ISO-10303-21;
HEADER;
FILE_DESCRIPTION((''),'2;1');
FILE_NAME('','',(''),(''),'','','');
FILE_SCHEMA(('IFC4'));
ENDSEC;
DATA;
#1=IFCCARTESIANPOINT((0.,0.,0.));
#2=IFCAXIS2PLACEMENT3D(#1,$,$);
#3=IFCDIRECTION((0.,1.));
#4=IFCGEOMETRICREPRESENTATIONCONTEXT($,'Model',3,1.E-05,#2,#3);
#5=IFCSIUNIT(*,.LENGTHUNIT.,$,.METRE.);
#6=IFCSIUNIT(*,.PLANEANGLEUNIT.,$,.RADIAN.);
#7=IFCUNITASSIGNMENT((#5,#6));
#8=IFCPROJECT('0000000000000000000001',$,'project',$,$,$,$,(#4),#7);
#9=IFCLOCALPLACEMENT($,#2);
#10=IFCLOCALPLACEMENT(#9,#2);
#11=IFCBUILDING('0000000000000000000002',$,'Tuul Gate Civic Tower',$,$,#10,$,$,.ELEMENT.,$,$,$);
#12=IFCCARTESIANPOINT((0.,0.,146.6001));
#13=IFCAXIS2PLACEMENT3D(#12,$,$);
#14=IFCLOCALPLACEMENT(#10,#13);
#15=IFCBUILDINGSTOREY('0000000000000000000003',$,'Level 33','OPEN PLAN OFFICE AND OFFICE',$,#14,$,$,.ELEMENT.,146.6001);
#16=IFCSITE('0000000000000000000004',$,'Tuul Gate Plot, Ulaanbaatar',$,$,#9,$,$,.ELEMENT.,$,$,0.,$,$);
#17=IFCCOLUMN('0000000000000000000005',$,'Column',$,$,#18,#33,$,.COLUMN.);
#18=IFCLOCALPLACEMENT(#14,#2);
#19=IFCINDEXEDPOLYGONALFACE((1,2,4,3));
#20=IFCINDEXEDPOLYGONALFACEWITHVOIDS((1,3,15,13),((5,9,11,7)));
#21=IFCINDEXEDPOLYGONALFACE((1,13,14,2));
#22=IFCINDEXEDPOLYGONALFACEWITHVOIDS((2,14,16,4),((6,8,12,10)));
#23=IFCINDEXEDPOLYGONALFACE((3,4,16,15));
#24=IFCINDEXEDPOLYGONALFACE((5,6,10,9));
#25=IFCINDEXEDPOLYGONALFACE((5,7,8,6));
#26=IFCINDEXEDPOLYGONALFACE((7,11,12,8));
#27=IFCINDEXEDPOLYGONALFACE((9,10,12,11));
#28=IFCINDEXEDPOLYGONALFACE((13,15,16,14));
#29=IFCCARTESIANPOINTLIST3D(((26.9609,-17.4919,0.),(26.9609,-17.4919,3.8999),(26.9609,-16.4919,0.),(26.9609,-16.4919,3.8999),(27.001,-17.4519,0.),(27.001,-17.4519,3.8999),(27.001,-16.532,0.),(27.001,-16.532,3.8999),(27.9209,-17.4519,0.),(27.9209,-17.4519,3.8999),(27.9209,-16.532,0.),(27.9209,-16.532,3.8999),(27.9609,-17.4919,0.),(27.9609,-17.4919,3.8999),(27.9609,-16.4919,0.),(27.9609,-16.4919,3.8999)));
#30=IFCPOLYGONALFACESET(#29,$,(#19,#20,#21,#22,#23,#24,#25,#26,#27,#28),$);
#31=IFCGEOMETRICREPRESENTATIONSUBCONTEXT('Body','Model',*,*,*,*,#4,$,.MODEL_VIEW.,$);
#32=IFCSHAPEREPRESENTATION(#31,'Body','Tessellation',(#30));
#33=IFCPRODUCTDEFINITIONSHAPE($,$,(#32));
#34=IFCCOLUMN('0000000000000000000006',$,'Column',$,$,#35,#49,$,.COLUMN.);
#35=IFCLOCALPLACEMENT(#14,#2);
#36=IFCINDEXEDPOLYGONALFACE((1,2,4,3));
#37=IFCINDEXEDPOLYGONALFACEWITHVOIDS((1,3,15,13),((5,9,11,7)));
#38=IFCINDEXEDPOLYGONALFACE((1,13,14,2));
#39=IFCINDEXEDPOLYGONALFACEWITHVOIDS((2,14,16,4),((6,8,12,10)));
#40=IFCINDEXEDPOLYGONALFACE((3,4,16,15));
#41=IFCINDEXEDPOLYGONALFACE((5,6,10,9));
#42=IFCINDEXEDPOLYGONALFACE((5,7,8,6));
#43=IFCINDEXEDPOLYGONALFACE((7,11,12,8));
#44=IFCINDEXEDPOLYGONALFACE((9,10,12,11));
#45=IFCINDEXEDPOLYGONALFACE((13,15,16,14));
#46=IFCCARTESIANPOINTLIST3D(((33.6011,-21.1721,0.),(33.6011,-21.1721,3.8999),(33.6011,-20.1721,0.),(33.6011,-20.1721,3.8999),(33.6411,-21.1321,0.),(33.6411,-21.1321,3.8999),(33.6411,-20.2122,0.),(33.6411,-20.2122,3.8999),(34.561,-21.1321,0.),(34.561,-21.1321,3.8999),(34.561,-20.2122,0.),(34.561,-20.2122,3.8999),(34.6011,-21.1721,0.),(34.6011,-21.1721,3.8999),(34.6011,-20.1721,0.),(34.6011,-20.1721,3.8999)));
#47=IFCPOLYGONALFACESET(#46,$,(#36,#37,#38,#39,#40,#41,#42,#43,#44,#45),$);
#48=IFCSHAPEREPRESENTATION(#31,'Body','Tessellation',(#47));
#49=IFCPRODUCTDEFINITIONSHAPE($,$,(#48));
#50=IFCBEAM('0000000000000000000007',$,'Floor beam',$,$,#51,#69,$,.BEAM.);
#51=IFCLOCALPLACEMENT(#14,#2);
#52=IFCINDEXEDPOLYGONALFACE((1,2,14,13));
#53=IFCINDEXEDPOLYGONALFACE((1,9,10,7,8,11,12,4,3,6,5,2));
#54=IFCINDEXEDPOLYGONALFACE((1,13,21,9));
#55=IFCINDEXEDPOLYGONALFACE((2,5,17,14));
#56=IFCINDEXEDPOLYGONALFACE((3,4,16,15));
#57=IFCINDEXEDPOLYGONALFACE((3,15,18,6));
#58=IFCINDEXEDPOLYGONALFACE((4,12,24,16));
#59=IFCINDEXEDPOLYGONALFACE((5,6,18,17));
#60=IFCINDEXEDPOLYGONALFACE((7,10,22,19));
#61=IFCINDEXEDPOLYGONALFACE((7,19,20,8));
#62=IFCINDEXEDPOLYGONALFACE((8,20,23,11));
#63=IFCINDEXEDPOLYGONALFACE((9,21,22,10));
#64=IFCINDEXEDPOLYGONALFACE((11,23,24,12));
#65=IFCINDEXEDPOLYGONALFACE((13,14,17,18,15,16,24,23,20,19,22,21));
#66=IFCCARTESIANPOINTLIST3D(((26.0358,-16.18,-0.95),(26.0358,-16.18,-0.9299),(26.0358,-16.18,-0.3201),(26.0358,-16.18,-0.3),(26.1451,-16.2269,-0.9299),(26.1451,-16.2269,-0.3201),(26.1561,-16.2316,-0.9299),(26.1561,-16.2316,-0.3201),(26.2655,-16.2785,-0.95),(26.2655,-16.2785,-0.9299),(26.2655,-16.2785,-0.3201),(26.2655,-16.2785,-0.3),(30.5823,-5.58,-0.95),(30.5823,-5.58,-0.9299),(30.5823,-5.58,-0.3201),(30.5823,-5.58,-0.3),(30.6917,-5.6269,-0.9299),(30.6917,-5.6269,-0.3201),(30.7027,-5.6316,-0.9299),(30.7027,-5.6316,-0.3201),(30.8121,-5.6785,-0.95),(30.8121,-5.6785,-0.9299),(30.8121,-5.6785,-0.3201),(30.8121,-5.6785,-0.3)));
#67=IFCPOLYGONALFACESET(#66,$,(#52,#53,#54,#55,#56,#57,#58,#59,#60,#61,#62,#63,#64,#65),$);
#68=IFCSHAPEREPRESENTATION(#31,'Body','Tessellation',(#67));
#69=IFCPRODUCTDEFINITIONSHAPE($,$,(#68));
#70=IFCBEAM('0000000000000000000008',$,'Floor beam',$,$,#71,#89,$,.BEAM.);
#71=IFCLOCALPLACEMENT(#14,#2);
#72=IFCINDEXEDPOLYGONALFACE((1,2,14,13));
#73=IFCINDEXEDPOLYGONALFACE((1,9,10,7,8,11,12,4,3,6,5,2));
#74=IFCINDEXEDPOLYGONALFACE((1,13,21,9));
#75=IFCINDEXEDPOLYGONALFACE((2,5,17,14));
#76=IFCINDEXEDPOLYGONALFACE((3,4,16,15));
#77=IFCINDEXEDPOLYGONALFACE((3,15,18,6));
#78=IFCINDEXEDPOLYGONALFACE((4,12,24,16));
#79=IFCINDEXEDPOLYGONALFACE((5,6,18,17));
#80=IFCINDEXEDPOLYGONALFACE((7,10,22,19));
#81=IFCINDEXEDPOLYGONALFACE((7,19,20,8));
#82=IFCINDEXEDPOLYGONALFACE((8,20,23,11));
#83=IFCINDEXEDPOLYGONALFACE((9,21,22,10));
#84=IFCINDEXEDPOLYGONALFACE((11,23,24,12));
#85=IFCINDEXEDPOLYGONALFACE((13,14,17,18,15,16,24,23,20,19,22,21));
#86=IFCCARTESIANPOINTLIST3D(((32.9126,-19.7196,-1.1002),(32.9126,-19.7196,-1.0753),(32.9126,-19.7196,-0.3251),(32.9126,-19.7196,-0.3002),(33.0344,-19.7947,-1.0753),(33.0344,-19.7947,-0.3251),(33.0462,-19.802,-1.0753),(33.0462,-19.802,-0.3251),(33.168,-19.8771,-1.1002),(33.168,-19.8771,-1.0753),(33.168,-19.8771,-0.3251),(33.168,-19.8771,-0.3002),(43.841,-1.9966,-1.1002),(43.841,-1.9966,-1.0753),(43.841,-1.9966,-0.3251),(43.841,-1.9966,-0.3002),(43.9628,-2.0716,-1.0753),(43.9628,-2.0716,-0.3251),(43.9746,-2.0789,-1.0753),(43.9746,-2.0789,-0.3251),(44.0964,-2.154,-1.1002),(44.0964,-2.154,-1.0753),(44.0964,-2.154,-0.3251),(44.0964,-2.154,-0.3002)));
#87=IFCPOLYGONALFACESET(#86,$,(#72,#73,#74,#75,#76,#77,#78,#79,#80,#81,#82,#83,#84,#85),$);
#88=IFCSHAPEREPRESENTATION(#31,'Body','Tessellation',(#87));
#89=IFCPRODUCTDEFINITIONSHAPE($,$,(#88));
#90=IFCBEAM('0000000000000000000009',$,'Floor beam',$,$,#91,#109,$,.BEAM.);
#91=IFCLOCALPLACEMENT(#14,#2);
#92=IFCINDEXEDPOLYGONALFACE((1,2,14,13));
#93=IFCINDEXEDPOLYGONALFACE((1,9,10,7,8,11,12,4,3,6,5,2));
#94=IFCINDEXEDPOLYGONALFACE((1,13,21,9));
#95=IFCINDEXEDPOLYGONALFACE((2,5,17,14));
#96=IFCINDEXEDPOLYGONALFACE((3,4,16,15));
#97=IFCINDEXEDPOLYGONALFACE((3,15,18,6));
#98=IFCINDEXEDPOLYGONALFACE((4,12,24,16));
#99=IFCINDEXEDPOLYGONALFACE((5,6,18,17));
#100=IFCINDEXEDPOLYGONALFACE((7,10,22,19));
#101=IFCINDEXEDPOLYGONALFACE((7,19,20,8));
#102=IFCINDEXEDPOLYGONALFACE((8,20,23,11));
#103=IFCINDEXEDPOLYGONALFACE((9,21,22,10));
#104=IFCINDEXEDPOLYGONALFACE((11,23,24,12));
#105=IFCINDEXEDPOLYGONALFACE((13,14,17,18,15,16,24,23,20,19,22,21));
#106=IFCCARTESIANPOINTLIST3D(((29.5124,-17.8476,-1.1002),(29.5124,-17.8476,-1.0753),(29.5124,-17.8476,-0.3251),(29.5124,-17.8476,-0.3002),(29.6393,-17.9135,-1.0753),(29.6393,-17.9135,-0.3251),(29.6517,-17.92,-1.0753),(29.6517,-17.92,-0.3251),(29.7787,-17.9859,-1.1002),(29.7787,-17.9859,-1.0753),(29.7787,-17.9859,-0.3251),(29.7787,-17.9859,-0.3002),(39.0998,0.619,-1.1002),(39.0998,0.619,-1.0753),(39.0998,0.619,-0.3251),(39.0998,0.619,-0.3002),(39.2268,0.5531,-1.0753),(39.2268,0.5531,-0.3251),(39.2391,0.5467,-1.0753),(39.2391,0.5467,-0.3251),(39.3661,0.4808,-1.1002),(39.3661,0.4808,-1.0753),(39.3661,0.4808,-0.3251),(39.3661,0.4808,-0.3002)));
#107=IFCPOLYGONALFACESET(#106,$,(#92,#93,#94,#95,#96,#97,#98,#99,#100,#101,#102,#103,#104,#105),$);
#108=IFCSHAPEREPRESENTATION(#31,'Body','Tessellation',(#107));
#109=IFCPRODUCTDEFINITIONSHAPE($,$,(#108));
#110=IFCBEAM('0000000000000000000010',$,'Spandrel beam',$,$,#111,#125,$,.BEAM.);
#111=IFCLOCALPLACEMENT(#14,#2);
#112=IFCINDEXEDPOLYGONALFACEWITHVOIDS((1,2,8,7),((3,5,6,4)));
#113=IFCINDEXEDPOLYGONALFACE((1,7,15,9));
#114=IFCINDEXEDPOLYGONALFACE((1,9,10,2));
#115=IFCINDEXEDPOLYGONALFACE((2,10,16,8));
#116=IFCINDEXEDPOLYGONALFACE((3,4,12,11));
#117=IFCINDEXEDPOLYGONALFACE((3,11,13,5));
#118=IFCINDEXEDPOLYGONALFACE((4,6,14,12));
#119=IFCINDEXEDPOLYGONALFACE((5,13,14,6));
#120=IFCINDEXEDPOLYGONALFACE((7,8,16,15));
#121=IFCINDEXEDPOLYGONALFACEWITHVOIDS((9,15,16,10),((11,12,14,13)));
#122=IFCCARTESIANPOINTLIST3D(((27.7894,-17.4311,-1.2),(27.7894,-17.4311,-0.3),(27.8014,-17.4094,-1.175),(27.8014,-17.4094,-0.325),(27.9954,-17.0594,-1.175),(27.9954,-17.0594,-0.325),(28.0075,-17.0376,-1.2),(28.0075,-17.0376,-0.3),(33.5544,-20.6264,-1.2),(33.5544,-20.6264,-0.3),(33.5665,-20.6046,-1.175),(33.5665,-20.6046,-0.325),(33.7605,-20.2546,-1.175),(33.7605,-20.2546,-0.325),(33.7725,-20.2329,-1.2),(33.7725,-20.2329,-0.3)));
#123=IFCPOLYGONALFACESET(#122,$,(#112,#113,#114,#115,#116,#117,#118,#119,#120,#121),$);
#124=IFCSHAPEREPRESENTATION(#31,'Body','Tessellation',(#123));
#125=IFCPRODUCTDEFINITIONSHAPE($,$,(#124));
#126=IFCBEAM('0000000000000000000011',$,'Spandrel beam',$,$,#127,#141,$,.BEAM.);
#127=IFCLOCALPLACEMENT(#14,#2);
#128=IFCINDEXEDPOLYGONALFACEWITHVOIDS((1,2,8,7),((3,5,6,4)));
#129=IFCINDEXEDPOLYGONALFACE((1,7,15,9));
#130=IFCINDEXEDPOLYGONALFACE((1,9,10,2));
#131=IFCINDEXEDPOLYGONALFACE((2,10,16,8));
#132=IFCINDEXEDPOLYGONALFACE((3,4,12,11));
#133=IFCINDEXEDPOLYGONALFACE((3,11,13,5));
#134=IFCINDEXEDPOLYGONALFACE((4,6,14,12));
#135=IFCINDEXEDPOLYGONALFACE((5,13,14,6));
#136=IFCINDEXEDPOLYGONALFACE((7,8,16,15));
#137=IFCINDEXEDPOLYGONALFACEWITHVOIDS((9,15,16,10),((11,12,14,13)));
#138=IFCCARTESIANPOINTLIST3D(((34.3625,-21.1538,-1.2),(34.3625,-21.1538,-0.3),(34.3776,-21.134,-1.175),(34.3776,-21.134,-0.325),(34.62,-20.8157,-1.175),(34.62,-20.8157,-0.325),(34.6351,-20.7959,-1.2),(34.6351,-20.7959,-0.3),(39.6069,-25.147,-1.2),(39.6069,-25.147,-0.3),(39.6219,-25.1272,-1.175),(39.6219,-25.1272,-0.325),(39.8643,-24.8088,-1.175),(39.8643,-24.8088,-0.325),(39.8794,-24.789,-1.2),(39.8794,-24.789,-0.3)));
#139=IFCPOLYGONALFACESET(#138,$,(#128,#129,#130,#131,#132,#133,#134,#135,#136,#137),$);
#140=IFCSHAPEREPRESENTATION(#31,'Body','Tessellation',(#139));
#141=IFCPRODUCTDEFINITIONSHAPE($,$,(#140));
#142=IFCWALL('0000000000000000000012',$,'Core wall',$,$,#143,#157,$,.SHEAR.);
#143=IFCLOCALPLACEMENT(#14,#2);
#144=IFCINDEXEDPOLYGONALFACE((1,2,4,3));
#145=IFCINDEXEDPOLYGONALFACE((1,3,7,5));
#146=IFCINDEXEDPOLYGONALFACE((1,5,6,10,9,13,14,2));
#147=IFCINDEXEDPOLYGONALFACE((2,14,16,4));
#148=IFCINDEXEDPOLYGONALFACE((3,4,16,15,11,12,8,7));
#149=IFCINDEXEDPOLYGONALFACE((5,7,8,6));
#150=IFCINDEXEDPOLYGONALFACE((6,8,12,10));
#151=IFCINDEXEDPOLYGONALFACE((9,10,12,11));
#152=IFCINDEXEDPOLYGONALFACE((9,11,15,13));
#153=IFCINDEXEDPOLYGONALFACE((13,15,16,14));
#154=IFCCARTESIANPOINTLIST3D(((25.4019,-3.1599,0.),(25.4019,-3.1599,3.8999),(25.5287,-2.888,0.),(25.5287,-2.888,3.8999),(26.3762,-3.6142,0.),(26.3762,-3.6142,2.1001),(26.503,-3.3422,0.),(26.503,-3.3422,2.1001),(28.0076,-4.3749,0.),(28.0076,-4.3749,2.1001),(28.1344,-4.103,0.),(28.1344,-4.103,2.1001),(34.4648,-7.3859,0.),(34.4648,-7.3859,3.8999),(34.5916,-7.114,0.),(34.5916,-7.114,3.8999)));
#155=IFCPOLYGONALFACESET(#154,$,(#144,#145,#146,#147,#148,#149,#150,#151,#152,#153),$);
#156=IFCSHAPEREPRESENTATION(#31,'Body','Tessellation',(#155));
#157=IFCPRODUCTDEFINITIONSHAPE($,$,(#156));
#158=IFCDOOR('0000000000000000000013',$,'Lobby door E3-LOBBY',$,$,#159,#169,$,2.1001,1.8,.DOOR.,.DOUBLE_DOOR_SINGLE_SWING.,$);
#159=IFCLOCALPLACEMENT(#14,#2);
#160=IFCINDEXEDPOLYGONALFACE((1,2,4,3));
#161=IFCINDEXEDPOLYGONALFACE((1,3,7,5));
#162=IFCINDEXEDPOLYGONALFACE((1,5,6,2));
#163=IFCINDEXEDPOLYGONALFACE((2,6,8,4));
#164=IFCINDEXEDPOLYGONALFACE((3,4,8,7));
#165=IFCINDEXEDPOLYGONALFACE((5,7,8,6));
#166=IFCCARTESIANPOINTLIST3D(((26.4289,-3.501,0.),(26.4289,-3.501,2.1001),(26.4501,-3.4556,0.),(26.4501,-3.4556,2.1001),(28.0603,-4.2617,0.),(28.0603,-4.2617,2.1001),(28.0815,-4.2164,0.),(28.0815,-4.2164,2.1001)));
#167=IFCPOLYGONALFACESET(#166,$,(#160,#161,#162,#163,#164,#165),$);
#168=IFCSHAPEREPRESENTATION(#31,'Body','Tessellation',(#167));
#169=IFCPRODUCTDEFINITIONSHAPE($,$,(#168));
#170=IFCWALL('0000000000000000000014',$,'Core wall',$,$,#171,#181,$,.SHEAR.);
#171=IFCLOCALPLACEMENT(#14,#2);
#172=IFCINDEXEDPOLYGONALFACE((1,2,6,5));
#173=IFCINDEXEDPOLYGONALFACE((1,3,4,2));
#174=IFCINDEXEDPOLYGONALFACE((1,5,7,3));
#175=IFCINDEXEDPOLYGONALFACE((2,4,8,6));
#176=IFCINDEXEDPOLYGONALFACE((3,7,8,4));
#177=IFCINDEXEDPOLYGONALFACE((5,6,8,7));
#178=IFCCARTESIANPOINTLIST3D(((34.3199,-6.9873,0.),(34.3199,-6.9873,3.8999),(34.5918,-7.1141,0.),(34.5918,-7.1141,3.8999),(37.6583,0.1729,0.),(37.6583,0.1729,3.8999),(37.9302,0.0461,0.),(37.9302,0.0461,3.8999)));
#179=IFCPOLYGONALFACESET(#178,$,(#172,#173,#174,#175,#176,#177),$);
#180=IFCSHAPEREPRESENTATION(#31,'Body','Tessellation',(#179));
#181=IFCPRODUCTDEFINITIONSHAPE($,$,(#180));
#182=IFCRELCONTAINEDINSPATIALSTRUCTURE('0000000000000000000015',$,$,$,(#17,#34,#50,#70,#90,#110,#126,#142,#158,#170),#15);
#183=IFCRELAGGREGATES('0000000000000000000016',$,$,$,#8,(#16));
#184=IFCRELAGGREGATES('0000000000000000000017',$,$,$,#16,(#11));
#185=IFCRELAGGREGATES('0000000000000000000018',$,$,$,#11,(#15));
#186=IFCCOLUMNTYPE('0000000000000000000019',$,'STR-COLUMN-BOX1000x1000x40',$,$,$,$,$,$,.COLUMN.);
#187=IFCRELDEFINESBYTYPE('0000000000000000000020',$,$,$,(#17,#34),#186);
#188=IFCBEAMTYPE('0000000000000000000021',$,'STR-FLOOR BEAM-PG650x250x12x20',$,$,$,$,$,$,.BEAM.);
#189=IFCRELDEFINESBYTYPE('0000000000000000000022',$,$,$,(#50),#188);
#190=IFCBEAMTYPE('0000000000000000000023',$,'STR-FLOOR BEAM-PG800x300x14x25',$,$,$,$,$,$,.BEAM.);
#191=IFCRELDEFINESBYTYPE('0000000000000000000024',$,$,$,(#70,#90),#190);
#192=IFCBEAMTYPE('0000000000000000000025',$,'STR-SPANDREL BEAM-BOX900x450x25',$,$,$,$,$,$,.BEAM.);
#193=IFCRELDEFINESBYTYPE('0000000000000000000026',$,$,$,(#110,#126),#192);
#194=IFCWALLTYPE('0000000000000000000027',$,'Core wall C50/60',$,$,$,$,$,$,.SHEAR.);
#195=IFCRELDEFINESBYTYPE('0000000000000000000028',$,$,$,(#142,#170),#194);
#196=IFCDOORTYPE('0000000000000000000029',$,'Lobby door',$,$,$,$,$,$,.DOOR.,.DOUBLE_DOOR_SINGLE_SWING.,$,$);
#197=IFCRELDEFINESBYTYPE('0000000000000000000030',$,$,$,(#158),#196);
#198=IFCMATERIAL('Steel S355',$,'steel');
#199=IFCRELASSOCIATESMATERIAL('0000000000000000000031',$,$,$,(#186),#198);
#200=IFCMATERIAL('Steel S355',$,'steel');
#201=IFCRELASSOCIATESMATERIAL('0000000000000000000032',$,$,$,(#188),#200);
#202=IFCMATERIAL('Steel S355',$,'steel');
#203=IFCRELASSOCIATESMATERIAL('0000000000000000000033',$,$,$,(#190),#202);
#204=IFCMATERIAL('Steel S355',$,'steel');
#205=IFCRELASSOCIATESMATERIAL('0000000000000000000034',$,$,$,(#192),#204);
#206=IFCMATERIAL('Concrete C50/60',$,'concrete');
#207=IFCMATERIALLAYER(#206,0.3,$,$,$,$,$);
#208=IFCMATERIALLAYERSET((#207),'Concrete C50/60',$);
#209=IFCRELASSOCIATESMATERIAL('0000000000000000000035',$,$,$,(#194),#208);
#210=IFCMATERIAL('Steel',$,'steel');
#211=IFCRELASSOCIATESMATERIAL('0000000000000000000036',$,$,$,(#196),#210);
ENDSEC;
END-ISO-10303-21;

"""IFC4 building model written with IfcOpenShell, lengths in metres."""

from ifc_helpers import new_model, si_unit, direction, frame, frame_2d, origin, origin_2d, place, context, subcontext, project, spatial, rectangle, hollow_rectangle, i_section, extrude, material, layer, layer_set, material_profile, profile_set, type_object, element, fill, save


model = new_model("IFC4")

# Units and contexts
model_context = context("Model", 3, precision=1e-05, world=origin(), true_north=direction((0.0, 1.0)))
body_context = subcontext(model_context, "Body", "Model", "MODEL_VIEW")
ifc_project = project(units=[si_unit("LENGTHUNIT", "METRE"), si_unit("PLANEANGLEUNIT", "RADIAN")], contexts=[model_context])

# Site, building, storey
site_placement = place(None, origin())
site = spatial("IfcSite", under=ifc_project, at=site_placement, Name="Tuul Gate Plot, Ulaanbaatar", CompositionType="ELEMENT", RefElevation=0.0)
building_placement = place(site_placement, origin())
building = spatial("IfcBuilding", under=site, at=building_placement, Name="Tuul Gate Civic Tower", CompositionType="ELEMENT")
storey_placement = place(building_placement, frame((0.0, 0.0, 146.6001)))
storey = spatial("IfcBuildingStorey", under=building, at=storey_placement, Name="Level 33", Description="OPEN PLAN OFFICE AND OFFICE", CompositionType="ELEMENT", Elevation=146.6001)

# Columns
ifc_material_1 = material(Name="Steel S355", Category="steel")
ifc_material_profile_1 = material_profile(ifc_material_1, hollow_rectangle(XDim=1.0, YDim=1.0, WallThickness=0.04, at=origin_2d()), Name="BOX1000x1000x40")
ifc_profile_set_1 = profile_set([ifc_material_profile_1], Name="Steel S355")
column_type = type_object("IfcColumnType", Name="STR-COLUMN-BOX1000x1000x40", PredefinedType="COLUMN", material=ifc_profile_set_1)
for number, where, z_axis, x_axis, name in (
    (1, (27.4609, -16.9919, 0.0), (0.0, 0.0, 1.0), (1.0, 0.0, 0.0), "Column"),
    (2, (34.1011, -20.6721, 0.0), (0.0, 0.0, 1.0), (1.0, 0.0, 0.0), "Column"),
):
    element("IfcColumn", number, at=place(storey_placement, frame(where, z_axis=z_axis, x_axis=x_axis)), inside=storey, type_object=column_type, Name=name, PredefinedType="COLUMN", context=body_context, shape_type="SweptSolid", body=[
        extrude(hollow_rectangle(XDim=1.0, YDim=1.0, WallThickness=0.04, at=origin_2d()), origin(), (0.0, 0.0, 1.0), 3.8999),
    ])

# Beams
ifc_material_2 = material(Name="Steel S355", Category="steel")
ifc_material_profile_2 = material_profile(ifc_material_2, i_section(OverallWidth=0.25, OverallDepth=0.6499, WebThickness=0.012, FlangeThickness=0.02, at=origin_2d()), Name="PG650x250x12x20")
ifc_profile_set_2 = profile_set([ifc_material_profile_2], Name="Steel S355")
beam_type_1 = type_object("IfcBeamType", Name="STR-FLOOR BEAM-PG650x250x12x20", PredefinedType="BEAM", material=ifc_profile_set_2)
beam_1_placement = place(storey_placement, frame((26.1506, -16.2292, -0.625), z_axis=(0.394193, 0.919028, 0.0), x_axis=(-0.919028, 0.394193, 0.0)))
element("IfcBeam", 3, at=beam_1_placement, inside=storey, type_object=beam_type_1, Name="Floor beam", PredefinedType="BEAM", context=body_context, shape_type="SweptSolid", body=[
    extrude(i_section(OverallWidth=0.25, OverallDepth=0.6499, WebThickness=0.012, FlangeThickness=0.02, at=origin_2d()), origin(), (0.0, 0.0, 1.0), 11.5339),
])
ifc_material_3 = material(Name="Steel S355", Category="steel")
ifc_material_profile_3 = material_profile(ifc_material_3, i_section(OverallWidth=0.3, OverallDepth=0.8, WebThickness=0.0139, FlangeThickness=0.0249, at=origin_2d()), Name="PG800x300x14x25")
ifc_profile_set_3 = profile_set([ifc_material_profile_3], Name="Steel S355")
beam_type_2 = type_object("IfcBeamType", Name="STR-FLOOR BEAM-PG800x300x14x25", PredefinedType="BEAM", material=ifc_profile_set_3)
beam_2_placement = place(storey_placement, frame((33.0403, -19.7983, -0.7002), z_axis=(0.524861, 0.851188, 0.0), x_axis=(-0.851188, 0.524861, 0.0)))
element("IfcBeam", 4, at=beam_2_placement, inside=storey, type_object=beam_type_2, Name="Floor beam", PredefinedType="BEAM", context=body_context, shape_type="SweptSolid", body=[
    extrude(i_section(OverallWidth=0.3, OverallDepth=0.8, WebThickness=0.0139, FlangeThickness=0.0249, at=origin_2d()), origin(), (0.0, 0.0, 1.0), 20.8215),
])
beam_3_placement = place(storey_placement, frame((29.6455, -17.9167, -0.7002), z_axis=(0.460777, 0.887516, 0.0), x_axis=(-0.887516, 0.460777, 0.0)))
element("IfcBeam", 5, at=beam_3_placement, inside=storey, type_object=beam_type_2, Name="Floor beam", PredefinedType="BEAM", context=body_context, shape_type="SweptSolid", body=[
    extrude(i_section(OverallWidth=0.3, OverallDepth=0.8, WebThickness=0.0139, FlangeThickness=0.0249, at=origin_2d()), origin(), (0.0, 0.0, 1.0), 20.8071),
])
ifc_material_4 = material(Name="Steel S355", Category="steel")
ifc_material_profile_4 = material_profile(ifc_material_4, hollow_rectangle(XDim=0.45, YDim=0.8999, WallThickness=0.0249, at=origin_2d()), Name="BOX900x450x25")
ifc_profile_set_4 = profile_set([ifc_material_profile_4], Name="Steel S355")
beam_type_3 = type_object("IfcBeamType", Name="STR-SPANDREL BEAM-BOX900x450x25", PredefinedType="BEAM", material=ifc_profile_set_4)
beam_4_placement = place(storey_placement, frame((27.8984, -17.2344, -0.75), z_axis=(0.874643, -0.484768, 0.0), x_axis=(0.484768, 0.874643, 0.0)))
element("IfcBeam", 6, at=beam_4_placement, inside=storey, type_object=beam_type_3, Name="Spandrel beam", PredefinedType="BEAM", context=body_context, shape_type="SweptSolid", body=[
    extrude(hollow_rectangle(XDim=0.45, YDim=0.8999, WallThickness=0.0249, at=origin_2d()), origin(), (0.0, 0.0, 1.0), 6.5913),
])
beam_5_placement = place(storey_placement, frame((34.4988, -20.9749, -0.75), z_axis=(0.795619, -0.605798, 0.0), x_axis=(0.605798, 0.795619, 0.0)))
element("IfcBeam", 7, at=beam_5_placement, inside=storey, type_object=beam_type_3, Name="Spandrel beam", PredefinedType="BEAM", context=body_context, shape_type="SweptSolid", body=[
    extrude(hollow_rectangle(XDim=0.45, YDim=0.8999, WallThickness=0.0249, at=origin_2d()), origin(), (0.0, 0.0, 1.0), 6.5916),
])

# Wall, opening, door
ifc_material_5 = material(Name="Concrete C50/60", Category="concrete")
ifc_layer_1 = layer(ifc_material_5, 0.3)
ifc_layer_set_1 = layer_set([ifc_layer_1], Name="Concrete C50/60")
wall_type_1 = type_object("IfcWallType", Name="Core wall C50/60", PredefinedType="SHEAR", material=ifc_layer_set_1)
wall_1_placement = place(storey_placement, frame((34.5283, -7.25, 0.0), z_axis=(0.0, 0.0, 1.0), x_axis=(-0.90631, 0.422613, 0.0)))
wall_1 = element("IfcWall", 8, at=wall_1_placement, inside=storey, type_object=wall_type_1, Name="Core wall", PredefinedType="SHEAR", context=body_context, shape_type="SweptSolid", body=[
    extrude(rectangle(XDim=9.9998, YDim=0.3, at=frame_2d((5.0, 0.0))), origin(), (0.0, 0.0, 1.0), 3.8999),
])
opening_1_placement = place(wall_1_placement, frame((7.125, 0.0, 0.0)))
opening_1 = element("IfcOpeningElement", 9, at=opening_1_placement, cuts=wall_1, PredefinedType="OPENING", context=body_context, shape_type="SweptSolid", body=[
    extrude(rectangle(XDim=1.8, YDim=2.1001, at=frame_2d((0.8999, 1.05))), frame((0.0, 0.1602, 0.0), z_axis=(0.0, -1.0, 0.0), x_axis=(1.0, 0.0, 0.0)), (0.0, 0.0, 1.0), 0.3201),
])
ifc_material_6 = material(Name="Steel", Category="steel")
door_type_1 = type_object("IfcDoorType", Name="Lobby door", OperationType="DOUBLE_DOOR_SINGLE_SWING", PredefinedType="DOOR", material=ifc_material_6)
door_1_placement = place(opening_1_placement, frame((1.8, 0.0, 0.0), z_axis=(0.0, 0.0, 1.0), x_axis=(-1.0, 0.0, 0.0)))
door_1 = element("IfcDoor", 10, at=door_1_placement, inside=storey, type_object=door_type_1, Name="Lobby door E3-LOBBY", OperationType="DOUBLE_DOOR_SINGLE_SWING", OverallHeight=2.1001, OverallWidth=1.8, PredefinedType="DOOR", context=body_context, shape_type="SweptSolid", body=[
    extrude(rectangle(XDim=1.8, YDim=2.1001, at=frame_2d((0.9001, 1.05))), frame((0.0, 0.0249, 0.0), z_axis=(0.0, -1.0, 0.0), x_axis=(1.0, 0.0, 0.0)), (0.0, 0.0, 1.0), 0.05),
])
fill(opening_1, door_1)

# Wall
wall_2_placement = place(storey_placement, frame((34.4558, -7.0508, 0.0), z_axis=(0.0, 0.0, 1.0), x_axis=(0.422571, 0.90633, 0.0)))
element("IfcWall", 11, at=wall_2_placement, inside=storey, type_object=wall_type_1, Name="Core wall", PredefinedType="SHEAR", context=body_context, shape_type="SweptSolid", body=[
    extrude(rectangle(XDim=7.9001, YDim=0.3, at=frame_2d((3.9502, 0.0))), origin(), (0.0, 0.0, 1.0), 3.8999),
])

save(model, "model.ifc")
